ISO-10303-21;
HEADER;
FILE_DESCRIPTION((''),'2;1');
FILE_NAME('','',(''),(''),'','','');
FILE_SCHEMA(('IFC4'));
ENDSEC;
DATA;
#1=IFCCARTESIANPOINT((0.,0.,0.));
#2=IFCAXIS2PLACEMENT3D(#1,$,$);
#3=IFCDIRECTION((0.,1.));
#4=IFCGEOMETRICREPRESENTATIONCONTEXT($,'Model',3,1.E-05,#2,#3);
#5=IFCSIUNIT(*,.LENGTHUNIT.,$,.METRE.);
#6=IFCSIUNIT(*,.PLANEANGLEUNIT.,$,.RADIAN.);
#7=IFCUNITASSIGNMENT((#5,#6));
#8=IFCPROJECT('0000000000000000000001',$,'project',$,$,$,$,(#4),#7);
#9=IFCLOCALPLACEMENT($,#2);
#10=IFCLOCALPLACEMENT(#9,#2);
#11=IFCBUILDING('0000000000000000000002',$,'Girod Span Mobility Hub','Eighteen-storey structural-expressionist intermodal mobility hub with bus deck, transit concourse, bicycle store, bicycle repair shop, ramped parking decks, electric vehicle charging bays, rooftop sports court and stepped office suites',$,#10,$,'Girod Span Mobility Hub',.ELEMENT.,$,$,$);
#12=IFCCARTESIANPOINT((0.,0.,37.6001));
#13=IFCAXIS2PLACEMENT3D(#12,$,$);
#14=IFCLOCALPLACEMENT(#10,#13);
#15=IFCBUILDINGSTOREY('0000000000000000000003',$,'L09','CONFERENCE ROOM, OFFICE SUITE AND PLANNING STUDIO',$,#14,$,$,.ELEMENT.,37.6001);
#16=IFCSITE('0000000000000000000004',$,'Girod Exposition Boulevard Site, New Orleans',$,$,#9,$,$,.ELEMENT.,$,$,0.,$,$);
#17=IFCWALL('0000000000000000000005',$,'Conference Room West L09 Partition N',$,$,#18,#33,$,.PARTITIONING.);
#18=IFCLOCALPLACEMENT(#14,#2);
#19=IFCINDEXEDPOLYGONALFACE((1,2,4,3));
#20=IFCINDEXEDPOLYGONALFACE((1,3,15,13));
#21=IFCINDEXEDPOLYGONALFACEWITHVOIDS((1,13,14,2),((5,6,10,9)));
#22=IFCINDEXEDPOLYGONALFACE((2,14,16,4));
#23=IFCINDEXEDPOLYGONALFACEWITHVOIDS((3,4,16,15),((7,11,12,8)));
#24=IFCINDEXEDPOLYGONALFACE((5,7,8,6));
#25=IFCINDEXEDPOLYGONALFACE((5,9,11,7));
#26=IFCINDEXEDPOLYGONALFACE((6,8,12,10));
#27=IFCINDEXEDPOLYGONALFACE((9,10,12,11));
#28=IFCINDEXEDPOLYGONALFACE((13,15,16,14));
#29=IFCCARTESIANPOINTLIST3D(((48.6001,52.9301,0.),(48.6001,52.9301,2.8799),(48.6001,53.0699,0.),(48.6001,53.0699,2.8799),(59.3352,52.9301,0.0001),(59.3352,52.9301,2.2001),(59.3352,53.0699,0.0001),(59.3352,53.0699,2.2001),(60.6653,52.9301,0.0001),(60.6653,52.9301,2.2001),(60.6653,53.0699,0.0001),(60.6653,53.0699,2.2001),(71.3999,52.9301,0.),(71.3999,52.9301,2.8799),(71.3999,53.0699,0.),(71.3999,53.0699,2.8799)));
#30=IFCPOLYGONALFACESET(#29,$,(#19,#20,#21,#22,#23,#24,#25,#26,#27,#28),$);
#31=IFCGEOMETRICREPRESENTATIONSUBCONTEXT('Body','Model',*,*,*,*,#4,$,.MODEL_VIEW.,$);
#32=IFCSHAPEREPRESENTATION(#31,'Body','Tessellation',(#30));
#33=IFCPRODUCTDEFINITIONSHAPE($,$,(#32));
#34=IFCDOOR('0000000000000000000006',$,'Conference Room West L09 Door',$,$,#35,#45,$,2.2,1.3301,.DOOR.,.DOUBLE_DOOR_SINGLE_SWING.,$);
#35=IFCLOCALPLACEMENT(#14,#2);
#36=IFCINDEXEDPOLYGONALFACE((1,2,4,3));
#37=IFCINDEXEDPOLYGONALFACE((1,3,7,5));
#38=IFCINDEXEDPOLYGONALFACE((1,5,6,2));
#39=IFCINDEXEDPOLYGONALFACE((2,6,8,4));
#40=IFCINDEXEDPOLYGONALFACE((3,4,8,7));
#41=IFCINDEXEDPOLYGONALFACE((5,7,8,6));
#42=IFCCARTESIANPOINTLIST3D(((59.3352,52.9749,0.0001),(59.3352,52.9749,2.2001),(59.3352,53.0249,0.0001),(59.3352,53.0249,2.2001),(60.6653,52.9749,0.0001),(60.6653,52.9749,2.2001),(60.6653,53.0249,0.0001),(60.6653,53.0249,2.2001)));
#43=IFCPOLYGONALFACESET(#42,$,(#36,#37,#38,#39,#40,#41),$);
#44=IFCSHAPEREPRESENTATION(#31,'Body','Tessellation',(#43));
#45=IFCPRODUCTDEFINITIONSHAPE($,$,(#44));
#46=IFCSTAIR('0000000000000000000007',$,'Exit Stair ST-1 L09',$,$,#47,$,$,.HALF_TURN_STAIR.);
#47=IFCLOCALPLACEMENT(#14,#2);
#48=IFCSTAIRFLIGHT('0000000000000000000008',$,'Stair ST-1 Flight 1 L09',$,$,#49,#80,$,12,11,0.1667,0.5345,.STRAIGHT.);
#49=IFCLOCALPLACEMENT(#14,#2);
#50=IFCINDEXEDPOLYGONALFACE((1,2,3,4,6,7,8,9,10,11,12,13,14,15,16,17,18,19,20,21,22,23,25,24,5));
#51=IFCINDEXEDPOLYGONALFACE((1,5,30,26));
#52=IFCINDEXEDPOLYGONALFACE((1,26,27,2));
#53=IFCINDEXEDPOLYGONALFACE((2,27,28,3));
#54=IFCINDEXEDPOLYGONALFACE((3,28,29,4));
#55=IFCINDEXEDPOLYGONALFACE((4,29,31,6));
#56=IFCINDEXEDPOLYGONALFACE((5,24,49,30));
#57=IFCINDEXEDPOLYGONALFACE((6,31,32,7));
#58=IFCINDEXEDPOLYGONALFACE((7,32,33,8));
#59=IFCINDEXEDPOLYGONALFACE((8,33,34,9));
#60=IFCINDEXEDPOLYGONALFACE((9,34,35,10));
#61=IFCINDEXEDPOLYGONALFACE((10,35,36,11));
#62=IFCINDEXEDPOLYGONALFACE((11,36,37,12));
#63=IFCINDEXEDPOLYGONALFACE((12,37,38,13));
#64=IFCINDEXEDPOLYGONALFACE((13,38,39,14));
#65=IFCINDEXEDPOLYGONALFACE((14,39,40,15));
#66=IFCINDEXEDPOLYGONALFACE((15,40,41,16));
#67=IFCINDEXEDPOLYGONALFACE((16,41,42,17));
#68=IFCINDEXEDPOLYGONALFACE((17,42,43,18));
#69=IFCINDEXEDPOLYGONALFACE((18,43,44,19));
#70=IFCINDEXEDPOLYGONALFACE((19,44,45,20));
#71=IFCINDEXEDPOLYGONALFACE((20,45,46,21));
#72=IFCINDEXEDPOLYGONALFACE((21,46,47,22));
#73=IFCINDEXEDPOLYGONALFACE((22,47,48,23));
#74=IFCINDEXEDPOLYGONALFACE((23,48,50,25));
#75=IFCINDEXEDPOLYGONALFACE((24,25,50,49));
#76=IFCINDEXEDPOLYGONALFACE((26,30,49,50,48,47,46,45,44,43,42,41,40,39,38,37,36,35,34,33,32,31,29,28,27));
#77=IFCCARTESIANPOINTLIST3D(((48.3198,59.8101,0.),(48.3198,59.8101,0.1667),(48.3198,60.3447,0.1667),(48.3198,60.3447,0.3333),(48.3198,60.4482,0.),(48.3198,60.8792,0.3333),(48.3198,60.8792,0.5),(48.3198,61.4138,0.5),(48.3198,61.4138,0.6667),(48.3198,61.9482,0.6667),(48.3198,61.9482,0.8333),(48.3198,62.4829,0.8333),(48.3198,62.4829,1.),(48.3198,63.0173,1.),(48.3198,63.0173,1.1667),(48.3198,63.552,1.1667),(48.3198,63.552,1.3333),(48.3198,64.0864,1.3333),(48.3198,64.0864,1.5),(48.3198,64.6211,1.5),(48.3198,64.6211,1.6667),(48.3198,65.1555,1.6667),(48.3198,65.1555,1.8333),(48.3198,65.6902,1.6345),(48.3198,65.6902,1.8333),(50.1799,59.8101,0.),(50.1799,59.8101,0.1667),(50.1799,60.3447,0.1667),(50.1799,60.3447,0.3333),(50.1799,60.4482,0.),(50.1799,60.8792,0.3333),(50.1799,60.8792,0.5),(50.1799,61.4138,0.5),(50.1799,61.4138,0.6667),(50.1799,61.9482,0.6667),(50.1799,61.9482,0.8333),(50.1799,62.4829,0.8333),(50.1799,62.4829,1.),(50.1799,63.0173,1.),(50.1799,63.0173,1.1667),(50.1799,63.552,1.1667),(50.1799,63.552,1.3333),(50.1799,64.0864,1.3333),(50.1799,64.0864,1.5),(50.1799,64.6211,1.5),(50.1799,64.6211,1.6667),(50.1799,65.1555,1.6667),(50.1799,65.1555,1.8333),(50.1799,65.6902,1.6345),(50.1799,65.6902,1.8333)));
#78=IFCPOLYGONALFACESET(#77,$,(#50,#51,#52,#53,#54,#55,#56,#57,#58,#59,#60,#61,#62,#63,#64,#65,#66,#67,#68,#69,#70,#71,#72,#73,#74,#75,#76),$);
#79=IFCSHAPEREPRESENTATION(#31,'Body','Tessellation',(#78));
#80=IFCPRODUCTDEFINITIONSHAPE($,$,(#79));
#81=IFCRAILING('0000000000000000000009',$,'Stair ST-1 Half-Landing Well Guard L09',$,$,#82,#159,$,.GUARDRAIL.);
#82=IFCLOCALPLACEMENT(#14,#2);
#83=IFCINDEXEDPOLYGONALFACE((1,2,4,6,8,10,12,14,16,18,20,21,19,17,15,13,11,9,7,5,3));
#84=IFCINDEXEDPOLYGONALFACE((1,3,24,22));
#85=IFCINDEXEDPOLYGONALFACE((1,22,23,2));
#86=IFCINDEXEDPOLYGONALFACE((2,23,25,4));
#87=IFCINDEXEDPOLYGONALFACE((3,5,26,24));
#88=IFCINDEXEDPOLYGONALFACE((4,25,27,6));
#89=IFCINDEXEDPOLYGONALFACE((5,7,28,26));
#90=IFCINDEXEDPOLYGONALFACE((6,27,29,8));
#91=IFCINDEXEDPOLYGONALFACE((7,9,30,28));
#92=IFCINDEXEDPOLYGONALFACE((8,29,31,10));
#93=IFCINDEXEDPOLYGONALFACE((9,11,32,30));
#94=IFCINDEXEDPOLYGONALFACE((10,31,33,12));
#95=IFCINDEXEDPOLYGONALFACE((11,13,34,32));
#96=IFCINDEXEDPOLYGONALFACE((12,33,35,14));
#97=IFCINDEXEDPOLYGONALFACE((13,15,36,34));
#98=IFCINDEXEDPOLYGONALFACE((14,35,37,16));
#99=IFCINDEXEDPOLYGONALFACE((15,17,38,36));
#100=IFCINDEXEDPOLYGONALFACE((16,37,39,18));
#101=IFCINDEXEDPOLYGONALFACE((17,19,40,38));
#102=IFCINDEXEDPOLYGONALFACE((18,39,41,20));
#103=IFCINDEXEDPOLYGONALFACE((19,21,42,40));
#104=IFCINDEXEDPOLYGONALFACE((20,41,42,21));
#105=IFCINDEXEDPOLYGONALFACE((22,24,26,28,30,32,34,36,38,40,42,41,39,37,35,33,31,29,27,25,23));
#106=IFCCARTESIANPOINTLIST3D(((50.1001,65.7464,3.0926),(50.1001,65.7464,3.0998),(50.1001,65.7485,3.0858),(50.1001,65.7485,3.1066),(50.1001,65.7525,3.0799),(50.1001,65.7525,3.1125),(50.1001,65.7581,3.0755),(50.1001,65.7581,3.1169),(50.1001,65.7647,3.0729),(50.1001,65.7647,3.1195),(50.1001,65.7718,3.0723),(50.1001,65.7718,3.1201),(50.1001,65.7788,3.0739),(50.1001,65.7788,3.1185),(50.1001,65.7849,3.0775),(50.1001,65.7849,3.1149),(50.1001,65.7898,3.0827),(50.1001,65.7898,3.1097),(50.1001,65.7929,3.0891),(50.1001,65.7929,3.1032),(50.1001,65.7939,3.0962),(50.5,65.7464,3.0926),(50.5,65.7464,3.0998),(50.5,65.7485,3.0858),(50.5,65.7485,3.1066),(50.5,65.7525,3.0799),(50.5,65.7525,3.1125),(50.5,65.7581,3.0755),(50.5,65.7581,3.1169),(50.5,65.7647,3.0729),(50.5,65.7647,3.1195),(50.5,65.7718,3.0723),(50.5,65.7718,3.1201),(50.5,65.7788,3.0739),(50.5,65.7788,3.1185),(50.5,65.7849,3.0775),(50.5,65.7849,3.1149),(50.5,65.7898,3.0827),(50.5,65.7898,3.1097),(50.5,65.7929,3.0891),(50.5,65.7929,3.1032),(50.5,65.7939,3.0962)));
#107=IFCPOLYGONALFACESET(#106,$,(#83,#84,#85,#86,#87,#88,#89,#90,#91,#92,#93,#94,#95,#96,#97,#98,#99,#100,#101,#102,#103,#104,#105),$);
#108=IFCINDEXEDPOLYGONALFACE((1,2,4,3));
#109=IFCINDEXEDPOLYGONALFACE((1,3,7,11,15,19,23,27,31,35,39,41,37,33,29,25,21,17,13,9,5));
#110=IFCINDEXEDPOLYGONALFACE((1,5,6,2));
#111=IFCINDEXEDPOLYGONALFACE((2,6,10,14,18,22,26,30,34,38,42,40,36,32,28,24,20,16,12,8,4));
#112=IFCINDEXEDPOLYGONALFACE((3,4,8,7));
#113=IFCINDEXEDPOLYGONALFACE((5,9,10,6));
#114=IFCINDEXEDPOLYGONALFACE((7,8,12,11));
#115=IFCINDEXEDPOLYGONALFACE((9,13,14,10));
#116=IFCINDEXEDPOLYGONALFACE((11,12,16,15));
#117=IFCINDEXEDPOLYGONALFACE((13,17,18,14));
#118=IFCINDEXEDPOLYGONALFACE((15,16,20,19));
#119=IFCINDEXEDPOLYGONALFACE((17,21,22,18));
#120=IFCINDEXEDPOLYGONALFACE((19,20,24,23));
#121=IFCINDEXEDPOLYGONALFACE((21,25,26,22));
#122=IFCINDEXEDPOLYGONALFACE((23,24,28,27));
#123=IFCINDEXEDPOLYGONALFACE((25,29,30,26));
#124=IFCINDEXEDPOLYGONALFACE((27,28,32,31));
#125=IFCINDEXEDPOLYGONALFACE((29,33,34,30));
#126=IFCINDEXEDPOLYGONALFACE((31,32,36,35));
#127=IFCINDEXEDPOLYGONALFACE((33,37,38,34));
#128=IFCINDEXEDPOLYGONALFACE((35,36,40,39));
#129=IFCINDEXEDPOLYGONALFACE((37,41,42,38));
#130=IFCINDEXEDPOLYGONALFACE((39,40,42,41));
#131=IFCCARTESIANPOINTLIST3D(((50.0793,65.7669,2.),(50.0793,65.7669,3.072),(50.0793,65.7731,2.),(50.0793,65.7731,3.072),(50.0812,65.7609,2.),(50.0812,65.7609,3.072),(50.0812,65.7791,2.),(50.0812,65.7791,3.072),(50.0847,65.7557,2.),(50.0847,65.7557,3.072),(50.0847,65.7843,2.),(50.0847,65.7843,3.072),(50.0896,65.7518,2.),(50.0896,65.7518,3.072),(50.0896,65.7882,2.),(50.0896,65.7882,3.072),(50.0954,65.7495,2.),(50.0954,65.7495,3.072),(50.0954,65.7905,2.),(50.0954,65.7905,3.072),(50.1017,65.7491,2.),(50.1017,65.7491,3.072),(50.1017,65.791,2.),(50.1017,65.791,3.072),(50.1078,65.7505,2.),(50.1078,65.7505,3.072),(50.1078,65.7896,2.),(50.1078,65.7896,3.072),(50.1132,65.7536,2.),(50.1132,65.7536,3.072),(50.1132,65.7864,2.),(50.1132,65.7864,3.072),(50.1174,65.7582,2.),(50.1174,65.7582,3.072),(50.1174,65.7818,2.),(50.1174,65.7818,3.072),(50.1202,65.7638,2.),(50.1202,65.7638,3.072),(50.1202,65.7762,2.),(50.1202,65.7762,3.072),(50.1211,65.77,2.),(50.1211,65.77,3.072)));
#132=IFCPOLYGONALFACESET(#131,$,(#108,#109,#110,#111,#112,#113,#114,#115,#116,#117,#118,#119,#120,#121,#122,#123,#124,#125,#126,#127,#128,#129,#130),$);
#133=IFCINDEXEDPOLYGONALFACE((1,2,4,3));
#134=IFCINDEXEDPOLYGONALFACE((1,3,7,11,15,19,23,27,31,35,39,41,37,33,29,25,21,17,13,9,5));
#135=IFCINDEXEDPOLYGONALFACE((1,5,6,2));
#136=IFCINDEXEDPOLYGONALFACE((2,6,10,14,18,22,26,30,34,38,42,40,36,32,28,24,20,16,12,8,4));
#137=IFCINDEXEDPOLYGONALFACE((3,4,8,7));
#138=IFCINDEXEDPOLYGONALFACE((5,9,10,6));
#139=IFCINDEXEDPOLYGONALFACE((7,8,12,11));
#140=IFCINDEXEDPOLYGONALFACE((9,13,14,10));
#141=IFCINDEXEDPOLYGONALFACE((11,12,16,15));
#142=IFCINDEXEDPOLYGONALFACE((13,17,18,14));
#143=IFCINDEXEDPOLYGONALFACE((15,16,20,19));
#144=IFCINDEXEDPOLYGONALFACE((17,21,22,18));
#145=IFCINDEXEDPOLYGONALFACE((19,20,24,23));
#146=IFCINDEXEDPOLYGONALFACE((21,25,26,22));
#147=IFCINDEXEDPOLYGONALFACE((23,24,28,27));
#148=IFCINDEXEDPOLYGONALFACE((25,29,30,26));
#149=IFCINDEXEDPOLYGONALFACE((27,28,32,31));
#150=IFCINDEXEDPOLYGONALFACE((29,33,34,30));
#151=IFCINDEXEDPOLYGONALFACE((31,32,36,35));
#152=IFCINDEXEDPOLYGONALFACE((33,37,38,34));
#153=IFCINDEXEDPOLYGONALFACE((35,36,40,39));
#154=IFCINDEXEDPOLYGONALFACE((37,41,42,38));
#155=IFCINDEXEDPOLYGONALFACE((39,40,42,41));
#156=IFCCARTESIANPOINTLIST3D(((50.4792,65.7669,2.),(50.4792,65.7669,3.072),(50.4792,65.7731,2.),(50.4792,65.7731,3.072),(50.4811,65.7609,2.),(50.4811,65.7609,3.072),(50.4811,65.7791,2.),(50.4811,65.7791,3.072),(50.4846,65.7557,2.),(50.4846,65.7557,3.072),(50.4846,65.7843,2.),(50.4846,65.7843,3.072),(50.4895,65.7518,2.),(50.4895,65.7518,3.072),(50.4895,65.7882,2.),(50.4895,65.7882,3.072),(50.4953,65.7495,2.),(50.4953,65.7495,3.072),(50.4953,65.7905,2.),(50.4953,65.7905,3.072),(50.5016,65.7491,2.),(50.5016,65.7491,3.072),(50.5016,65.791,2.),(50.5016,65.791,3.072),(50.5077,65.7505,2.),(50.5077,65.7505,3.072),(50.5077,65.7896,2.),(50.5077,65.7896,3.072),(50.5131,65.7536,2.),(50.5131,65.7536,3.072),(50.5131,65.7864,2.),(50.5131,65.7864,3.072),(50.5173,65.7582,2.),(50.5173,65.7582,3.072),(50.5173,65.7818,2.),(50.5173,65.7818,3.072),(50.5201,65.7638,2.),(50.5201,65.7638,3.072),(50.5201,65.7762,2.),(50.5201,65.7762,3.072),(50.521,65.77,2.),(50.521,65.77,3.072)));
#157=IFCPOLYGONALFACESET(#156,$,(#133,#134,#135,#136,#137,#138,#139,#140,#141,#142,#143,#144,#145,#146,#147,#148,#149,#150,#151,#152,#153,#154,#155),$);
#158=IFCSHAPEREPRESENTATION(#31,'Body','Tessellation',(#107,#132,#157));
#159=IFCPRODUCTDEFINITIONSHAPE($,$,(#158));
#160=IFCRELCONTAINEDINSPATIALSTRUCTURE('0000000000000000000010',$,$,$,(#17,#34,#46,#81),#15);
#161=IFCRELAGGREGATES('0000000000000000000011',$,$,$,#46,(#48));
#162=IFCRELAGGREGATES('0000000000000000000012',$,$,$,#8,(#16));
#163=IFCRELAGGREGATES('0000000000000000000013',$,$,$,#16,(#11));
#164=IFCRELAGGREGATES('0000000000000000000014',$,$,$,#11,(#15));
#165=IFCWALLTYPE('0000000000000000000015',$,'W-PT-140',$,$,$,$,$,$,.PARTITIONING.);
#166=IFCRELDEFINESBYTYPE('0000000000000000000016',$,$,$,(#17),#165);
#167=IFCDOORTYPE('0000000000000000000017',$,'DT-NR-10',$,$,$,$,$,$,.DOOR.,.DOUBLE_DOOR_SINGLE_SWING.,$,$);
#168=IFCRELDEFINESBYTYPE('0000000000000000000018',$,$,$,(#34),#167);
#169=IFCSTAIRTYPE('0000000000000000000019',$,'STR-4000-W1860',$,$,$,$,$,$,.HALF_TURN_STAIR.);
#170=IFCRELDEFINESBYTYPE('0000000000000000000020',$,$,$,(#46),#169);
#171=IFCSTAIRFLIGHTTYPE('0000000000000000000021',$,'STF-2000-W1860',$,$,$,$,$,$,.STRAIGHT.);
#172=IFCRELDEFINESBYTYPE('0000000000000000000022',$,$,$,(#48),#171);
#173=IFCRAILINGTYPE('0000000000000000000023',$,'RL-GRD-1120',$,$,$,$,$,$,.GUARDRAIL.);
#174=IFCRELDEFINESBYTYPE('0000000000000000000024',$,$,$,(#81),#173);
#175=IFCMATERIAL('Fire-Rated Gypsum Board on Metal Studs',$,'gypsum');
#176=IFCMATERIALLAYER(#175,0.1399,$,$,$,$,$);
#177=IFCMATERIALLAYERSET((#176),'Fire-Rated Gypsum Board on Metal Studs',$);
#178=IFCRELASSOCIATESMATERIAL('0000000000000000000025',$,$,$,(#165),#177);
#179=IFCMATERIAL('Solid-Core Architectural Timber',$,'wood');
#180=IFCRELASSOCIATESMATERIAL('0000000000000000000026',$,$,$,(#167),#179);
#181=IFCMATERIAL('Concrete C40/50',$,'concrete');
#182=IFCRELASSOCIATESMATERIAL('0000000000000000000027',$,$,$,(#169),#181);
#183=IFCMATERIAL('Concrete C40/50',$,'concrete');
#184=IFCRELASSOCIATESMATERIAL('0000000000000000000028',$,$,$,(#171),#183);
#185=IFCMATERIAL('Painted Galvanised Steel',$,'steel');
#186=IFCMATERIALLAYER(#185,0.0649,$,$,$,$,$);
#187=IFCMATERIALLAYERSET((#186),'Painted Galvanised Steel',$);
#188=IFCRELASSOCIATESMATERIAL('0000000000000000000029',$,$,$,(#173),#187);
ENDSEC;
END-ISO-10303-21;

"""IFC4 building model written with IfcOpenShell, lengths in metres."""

from ifc_helpers import new_model, si_unit, direction, frame, frame_2d, origin, origin_2d, place, context, subcontext, project, spatial, polyline, rectangle, circle, outline, extrude, material, layer, layer_set, type_object, element, fill, aggregate, save


model = new_model("IFC4")

# Units and contexts
model_context = context("Model", 3, precision=1e-05, world=origin(), true_north=direction((0.0, 1.0)))
body_context = subcontext(model_context, "Body", "Model", "MODEL_VIEW")
ifc_project = project(units=[si_unit("LENGTHUNIT", "METRE"), si_unit("PLANEANGLEUNIT", "RADIAN")], contexts=[model_context])

# Site, building, storey
site_placement = place(None, origin())
site = spatial("IfcSite", under=ifc_project, at=site_placement, Name="Girod Exposition Boulevard Site, New Orleans", CompositionType="ELEMENT", RefElevation=0.0)
building_placement = place(site_placement, origin())
building = spatial("IfcBuilding", under=site, at=building_placement, Name="Girod Span Mobility Hub", Description="Eighteen-storey structural-expressionist intermodal mobility hub with bus deck, transit concourse, bicycle store, bicycle repair shop, ramped parking decks, electric vehicle charging bays, rooftop sports court and stepped office suites", LongName="Girod Span Mobility Hub", CompositionType="ELEMENT")
storey_placement = place(building_placement, frame((0.0, 0.0, 37.6001)))
storey = spatial("IfcBuildingStorey", under=building, at=storey_placement, Name="L09", Description="CONFERENCE ROOM, OFFICE SUITE AND PLANNING STUDIO", CompositionType="ELEMENT", Elevation=37.6001)

# Wall, opening, door
ifc_material_1 = material(Name="Fire-Rated Gypsum Board on Metal Studs", Category="gypsum")
ifc_layer_1 = layer(ifc_material_1, 0.1399)
ifc_layer_set_1 = layer_set([ifc_layer_1], Name="Fire-Rated Gypsum Board on Metal Studs")
wall_type_1 = type_object("IfcWallType", Name="W-PT-140", PredefinedType="PARTITIONING", material=ifc_layer_set_1)
wall_1_placement = place(storey_placement, frame((48.6001, 53.0, 0.0), z_axis=(0.0, 0.0, 1.0), x_axis=(1.0, 0.0, 0.0)))
wall_1 = element("IfcWall", 1, at=wall_1_placement, inside=storey, type_object=wall_type_1, Name="Conference Room West L09 Partition N", PredefinedType="PARTITIONING", context=body_context, shape_type="SweptSolid", body=[
    extrude(rectangle(XDim=22.7998, YDim=0.1399, at=frame_2d((11.3999, 0.0))), origin(), (0.0, 0.0, 1.0), 2.8799),
])
opening_1_placement = place(wall_1_placement, frame((10.7351, 0.0, 0.0)))
opening_1 = element("IfcOpeningElement", 2, at=opening_1_placement, cuts=wall_1, PredefinedType="OPENING", context=body_context, shape_type="SweptSolid", body=[
    extrude(rectangle(XDim=1.3301, YDim=2.2, at=frame_2d((0.665, 1.1001))), frame((0.0, 0.085, 0.0), z_axis=(0.0, -1.0, 0.0), x_axis=(1.0, 0.0, 0.0)), (0.0, 0.0, 1.0), 0.1699),
])
ifc_material_2 = material(Name="Solid-Core Architectural Timber", Category="wood")
door_type_1 = type_object("IfcDoorType", Name="DT-NR-10", OperationType="DOUBLE_DOOR_SINGLE_SWING", PredefinedType="DOOR", material=ifc_material_2)
door_1_placement = place(opening_1_placement, origin())
door_1 = element("IfcDoor", 3, at=door_1_placement, inside=storey, type_object=door_type_1, Name="Conference Room West L09 Door", OperationType="DOUBLE_DOOR_SINGLE_SWING", OverallHeight=2.2, OverallWidth=1.3301, PredefinedType="DOOR", context=body_context, shape_type="SweptSolid", body=[
    extrude(rectangle(XDim=1.3301, YDim=2.2, at=frame_2d((0.665, 1.1001))), frame((0.0, 0.0249, 0.0), z_axis=(0.0, -1.0, 0.0), x_axis=(1.0, 0.0, 0.0)), (0.0, 0.0, 1.0), 0.05),
])
fill(opening_1, door_1)

# Stair, stair flight
ifc_material_3 = material(Name="Concrete C40/50", Category="concrete")
stair_type = type_object("IfcStairType", Name="STR-4000-W1860", PredefinedType="HALF_TURN_STAIR", material=ifc_material_3)
stair_placement = place(storey_placement, origin())
stair = element("IfcStair", 4, at=stair_placement, inside=storey, type_object=stair_type, Name="Exit Stair ST-1 L09", PredefinedType="HALF_TURN_STAIR")
ifc_material_4 = material(Name="Concrete C40/50", Category="concrete")
stair_flight_type = type_object("IfcStairFlightType", Name="STF-2000-W1860", PredefinedType="STRAIGHT", material=ifc_material_4)
stair_flight_placement = place(storey_placement, frame((49.25, 59.8101, 0.0), z_axis=(0.0, 0.0, 1.0), x_axis=(0.0, 1.0, 0.0)))
stair_flight = element("IfcStairFlight", 5, at=stair_flight_placement, type_object=stair_flight_type, Name="Stair ST-1 Flight 1 L09", NumberOfRisers=12, NumberOfTreads=11, PredefinedType="STRAIGHT", RiserHeight=0.1667, TreadLength=0.5345, context=body_context, shape_type="SweptSolid", body=[
    extrude(outline(polyline([(0.0, 0.0), (0.0, 0.1667), (0.5347, 0.1667), (0.5347, 0.3333), (1.0691, 0.3333), (1.0691, 0.5), (1.6038, 0.5), (1.6038, 0.6667), (2.1382, 0.6667), (2.1382, 0.8333), (2.6729, 0.8333), (2.6729, 1.0), (3.2073, 1.0), (3.2073, 1.1667), (3.7419, 1.1667), (3.7419, 1.3333), (4.2764, 1.3333), (4.2764, 1.5), (4.811, 1.5), (4.811, 1.6667), (5.3455, 1.6667), (5.3455, 1.8333), (5.8801, 1.8333), (5.8801, 2.0), (5.8801, 1.6345), (0.6382, 0.0), (0.0, 0.0)])), frame((0.0, 0.9302, 0.0), z_axis=(0.0, -1.0, 0.0), x_axis=(1.0, 0.0, 0.0)), (0.0, 0.0, 1.0), 1.8601),
])
aggregate(stair, [stair_flight])

# Railing
ifc_material_5 = material(Name="Painted Galvanised Steel", Category="steel")
ifc_layer_2 = layer(ifc_material_5, 0.0649)
ifc_layer_set_2 = layer_set([ifc_layer_2], Name="Painted Galvanised Steel")
railing_type_1 = type_object("IfcRailingType", Name="RL-GRD-1120", PredefinedType="GUARDRAIL", material=ifc_layer_set_2)
for number, where, name in (
    (6, (50.1001, 65.77, 2.0), "Stair ST-1 Half-Landing Well Guard L09"),
):
    element("IfcRailing", number, at=place(storey_placement, frame(where)), inside=storey, type_object=railing_type_1, Name=name, PredefinedType="GUARDRAIL", context=body_context, shape_type="SweptSolid", body=[
        extrude(circle(Radius=0.0239, at=origin_2d()), frame((0.0, 0.0, 1.0962), z_axis=(1.0, 0.0, 0.0), x_axis=(0.0, 1.0, 0.0)), (0.0, 0.0, 1.0), 0.3999),
        extrude(circle(Radius=0.021, at=origin_2d()), origin(), (0.0, 0.0, 1.0), 1.072),
        extrude(circle(Radius=0.021, at=origin_2d()), frame((0.3999, 0.0, 0.0)), (0.0, 0.0, 1.0), 1.072),
    ])

save(model, "model.ifc")
